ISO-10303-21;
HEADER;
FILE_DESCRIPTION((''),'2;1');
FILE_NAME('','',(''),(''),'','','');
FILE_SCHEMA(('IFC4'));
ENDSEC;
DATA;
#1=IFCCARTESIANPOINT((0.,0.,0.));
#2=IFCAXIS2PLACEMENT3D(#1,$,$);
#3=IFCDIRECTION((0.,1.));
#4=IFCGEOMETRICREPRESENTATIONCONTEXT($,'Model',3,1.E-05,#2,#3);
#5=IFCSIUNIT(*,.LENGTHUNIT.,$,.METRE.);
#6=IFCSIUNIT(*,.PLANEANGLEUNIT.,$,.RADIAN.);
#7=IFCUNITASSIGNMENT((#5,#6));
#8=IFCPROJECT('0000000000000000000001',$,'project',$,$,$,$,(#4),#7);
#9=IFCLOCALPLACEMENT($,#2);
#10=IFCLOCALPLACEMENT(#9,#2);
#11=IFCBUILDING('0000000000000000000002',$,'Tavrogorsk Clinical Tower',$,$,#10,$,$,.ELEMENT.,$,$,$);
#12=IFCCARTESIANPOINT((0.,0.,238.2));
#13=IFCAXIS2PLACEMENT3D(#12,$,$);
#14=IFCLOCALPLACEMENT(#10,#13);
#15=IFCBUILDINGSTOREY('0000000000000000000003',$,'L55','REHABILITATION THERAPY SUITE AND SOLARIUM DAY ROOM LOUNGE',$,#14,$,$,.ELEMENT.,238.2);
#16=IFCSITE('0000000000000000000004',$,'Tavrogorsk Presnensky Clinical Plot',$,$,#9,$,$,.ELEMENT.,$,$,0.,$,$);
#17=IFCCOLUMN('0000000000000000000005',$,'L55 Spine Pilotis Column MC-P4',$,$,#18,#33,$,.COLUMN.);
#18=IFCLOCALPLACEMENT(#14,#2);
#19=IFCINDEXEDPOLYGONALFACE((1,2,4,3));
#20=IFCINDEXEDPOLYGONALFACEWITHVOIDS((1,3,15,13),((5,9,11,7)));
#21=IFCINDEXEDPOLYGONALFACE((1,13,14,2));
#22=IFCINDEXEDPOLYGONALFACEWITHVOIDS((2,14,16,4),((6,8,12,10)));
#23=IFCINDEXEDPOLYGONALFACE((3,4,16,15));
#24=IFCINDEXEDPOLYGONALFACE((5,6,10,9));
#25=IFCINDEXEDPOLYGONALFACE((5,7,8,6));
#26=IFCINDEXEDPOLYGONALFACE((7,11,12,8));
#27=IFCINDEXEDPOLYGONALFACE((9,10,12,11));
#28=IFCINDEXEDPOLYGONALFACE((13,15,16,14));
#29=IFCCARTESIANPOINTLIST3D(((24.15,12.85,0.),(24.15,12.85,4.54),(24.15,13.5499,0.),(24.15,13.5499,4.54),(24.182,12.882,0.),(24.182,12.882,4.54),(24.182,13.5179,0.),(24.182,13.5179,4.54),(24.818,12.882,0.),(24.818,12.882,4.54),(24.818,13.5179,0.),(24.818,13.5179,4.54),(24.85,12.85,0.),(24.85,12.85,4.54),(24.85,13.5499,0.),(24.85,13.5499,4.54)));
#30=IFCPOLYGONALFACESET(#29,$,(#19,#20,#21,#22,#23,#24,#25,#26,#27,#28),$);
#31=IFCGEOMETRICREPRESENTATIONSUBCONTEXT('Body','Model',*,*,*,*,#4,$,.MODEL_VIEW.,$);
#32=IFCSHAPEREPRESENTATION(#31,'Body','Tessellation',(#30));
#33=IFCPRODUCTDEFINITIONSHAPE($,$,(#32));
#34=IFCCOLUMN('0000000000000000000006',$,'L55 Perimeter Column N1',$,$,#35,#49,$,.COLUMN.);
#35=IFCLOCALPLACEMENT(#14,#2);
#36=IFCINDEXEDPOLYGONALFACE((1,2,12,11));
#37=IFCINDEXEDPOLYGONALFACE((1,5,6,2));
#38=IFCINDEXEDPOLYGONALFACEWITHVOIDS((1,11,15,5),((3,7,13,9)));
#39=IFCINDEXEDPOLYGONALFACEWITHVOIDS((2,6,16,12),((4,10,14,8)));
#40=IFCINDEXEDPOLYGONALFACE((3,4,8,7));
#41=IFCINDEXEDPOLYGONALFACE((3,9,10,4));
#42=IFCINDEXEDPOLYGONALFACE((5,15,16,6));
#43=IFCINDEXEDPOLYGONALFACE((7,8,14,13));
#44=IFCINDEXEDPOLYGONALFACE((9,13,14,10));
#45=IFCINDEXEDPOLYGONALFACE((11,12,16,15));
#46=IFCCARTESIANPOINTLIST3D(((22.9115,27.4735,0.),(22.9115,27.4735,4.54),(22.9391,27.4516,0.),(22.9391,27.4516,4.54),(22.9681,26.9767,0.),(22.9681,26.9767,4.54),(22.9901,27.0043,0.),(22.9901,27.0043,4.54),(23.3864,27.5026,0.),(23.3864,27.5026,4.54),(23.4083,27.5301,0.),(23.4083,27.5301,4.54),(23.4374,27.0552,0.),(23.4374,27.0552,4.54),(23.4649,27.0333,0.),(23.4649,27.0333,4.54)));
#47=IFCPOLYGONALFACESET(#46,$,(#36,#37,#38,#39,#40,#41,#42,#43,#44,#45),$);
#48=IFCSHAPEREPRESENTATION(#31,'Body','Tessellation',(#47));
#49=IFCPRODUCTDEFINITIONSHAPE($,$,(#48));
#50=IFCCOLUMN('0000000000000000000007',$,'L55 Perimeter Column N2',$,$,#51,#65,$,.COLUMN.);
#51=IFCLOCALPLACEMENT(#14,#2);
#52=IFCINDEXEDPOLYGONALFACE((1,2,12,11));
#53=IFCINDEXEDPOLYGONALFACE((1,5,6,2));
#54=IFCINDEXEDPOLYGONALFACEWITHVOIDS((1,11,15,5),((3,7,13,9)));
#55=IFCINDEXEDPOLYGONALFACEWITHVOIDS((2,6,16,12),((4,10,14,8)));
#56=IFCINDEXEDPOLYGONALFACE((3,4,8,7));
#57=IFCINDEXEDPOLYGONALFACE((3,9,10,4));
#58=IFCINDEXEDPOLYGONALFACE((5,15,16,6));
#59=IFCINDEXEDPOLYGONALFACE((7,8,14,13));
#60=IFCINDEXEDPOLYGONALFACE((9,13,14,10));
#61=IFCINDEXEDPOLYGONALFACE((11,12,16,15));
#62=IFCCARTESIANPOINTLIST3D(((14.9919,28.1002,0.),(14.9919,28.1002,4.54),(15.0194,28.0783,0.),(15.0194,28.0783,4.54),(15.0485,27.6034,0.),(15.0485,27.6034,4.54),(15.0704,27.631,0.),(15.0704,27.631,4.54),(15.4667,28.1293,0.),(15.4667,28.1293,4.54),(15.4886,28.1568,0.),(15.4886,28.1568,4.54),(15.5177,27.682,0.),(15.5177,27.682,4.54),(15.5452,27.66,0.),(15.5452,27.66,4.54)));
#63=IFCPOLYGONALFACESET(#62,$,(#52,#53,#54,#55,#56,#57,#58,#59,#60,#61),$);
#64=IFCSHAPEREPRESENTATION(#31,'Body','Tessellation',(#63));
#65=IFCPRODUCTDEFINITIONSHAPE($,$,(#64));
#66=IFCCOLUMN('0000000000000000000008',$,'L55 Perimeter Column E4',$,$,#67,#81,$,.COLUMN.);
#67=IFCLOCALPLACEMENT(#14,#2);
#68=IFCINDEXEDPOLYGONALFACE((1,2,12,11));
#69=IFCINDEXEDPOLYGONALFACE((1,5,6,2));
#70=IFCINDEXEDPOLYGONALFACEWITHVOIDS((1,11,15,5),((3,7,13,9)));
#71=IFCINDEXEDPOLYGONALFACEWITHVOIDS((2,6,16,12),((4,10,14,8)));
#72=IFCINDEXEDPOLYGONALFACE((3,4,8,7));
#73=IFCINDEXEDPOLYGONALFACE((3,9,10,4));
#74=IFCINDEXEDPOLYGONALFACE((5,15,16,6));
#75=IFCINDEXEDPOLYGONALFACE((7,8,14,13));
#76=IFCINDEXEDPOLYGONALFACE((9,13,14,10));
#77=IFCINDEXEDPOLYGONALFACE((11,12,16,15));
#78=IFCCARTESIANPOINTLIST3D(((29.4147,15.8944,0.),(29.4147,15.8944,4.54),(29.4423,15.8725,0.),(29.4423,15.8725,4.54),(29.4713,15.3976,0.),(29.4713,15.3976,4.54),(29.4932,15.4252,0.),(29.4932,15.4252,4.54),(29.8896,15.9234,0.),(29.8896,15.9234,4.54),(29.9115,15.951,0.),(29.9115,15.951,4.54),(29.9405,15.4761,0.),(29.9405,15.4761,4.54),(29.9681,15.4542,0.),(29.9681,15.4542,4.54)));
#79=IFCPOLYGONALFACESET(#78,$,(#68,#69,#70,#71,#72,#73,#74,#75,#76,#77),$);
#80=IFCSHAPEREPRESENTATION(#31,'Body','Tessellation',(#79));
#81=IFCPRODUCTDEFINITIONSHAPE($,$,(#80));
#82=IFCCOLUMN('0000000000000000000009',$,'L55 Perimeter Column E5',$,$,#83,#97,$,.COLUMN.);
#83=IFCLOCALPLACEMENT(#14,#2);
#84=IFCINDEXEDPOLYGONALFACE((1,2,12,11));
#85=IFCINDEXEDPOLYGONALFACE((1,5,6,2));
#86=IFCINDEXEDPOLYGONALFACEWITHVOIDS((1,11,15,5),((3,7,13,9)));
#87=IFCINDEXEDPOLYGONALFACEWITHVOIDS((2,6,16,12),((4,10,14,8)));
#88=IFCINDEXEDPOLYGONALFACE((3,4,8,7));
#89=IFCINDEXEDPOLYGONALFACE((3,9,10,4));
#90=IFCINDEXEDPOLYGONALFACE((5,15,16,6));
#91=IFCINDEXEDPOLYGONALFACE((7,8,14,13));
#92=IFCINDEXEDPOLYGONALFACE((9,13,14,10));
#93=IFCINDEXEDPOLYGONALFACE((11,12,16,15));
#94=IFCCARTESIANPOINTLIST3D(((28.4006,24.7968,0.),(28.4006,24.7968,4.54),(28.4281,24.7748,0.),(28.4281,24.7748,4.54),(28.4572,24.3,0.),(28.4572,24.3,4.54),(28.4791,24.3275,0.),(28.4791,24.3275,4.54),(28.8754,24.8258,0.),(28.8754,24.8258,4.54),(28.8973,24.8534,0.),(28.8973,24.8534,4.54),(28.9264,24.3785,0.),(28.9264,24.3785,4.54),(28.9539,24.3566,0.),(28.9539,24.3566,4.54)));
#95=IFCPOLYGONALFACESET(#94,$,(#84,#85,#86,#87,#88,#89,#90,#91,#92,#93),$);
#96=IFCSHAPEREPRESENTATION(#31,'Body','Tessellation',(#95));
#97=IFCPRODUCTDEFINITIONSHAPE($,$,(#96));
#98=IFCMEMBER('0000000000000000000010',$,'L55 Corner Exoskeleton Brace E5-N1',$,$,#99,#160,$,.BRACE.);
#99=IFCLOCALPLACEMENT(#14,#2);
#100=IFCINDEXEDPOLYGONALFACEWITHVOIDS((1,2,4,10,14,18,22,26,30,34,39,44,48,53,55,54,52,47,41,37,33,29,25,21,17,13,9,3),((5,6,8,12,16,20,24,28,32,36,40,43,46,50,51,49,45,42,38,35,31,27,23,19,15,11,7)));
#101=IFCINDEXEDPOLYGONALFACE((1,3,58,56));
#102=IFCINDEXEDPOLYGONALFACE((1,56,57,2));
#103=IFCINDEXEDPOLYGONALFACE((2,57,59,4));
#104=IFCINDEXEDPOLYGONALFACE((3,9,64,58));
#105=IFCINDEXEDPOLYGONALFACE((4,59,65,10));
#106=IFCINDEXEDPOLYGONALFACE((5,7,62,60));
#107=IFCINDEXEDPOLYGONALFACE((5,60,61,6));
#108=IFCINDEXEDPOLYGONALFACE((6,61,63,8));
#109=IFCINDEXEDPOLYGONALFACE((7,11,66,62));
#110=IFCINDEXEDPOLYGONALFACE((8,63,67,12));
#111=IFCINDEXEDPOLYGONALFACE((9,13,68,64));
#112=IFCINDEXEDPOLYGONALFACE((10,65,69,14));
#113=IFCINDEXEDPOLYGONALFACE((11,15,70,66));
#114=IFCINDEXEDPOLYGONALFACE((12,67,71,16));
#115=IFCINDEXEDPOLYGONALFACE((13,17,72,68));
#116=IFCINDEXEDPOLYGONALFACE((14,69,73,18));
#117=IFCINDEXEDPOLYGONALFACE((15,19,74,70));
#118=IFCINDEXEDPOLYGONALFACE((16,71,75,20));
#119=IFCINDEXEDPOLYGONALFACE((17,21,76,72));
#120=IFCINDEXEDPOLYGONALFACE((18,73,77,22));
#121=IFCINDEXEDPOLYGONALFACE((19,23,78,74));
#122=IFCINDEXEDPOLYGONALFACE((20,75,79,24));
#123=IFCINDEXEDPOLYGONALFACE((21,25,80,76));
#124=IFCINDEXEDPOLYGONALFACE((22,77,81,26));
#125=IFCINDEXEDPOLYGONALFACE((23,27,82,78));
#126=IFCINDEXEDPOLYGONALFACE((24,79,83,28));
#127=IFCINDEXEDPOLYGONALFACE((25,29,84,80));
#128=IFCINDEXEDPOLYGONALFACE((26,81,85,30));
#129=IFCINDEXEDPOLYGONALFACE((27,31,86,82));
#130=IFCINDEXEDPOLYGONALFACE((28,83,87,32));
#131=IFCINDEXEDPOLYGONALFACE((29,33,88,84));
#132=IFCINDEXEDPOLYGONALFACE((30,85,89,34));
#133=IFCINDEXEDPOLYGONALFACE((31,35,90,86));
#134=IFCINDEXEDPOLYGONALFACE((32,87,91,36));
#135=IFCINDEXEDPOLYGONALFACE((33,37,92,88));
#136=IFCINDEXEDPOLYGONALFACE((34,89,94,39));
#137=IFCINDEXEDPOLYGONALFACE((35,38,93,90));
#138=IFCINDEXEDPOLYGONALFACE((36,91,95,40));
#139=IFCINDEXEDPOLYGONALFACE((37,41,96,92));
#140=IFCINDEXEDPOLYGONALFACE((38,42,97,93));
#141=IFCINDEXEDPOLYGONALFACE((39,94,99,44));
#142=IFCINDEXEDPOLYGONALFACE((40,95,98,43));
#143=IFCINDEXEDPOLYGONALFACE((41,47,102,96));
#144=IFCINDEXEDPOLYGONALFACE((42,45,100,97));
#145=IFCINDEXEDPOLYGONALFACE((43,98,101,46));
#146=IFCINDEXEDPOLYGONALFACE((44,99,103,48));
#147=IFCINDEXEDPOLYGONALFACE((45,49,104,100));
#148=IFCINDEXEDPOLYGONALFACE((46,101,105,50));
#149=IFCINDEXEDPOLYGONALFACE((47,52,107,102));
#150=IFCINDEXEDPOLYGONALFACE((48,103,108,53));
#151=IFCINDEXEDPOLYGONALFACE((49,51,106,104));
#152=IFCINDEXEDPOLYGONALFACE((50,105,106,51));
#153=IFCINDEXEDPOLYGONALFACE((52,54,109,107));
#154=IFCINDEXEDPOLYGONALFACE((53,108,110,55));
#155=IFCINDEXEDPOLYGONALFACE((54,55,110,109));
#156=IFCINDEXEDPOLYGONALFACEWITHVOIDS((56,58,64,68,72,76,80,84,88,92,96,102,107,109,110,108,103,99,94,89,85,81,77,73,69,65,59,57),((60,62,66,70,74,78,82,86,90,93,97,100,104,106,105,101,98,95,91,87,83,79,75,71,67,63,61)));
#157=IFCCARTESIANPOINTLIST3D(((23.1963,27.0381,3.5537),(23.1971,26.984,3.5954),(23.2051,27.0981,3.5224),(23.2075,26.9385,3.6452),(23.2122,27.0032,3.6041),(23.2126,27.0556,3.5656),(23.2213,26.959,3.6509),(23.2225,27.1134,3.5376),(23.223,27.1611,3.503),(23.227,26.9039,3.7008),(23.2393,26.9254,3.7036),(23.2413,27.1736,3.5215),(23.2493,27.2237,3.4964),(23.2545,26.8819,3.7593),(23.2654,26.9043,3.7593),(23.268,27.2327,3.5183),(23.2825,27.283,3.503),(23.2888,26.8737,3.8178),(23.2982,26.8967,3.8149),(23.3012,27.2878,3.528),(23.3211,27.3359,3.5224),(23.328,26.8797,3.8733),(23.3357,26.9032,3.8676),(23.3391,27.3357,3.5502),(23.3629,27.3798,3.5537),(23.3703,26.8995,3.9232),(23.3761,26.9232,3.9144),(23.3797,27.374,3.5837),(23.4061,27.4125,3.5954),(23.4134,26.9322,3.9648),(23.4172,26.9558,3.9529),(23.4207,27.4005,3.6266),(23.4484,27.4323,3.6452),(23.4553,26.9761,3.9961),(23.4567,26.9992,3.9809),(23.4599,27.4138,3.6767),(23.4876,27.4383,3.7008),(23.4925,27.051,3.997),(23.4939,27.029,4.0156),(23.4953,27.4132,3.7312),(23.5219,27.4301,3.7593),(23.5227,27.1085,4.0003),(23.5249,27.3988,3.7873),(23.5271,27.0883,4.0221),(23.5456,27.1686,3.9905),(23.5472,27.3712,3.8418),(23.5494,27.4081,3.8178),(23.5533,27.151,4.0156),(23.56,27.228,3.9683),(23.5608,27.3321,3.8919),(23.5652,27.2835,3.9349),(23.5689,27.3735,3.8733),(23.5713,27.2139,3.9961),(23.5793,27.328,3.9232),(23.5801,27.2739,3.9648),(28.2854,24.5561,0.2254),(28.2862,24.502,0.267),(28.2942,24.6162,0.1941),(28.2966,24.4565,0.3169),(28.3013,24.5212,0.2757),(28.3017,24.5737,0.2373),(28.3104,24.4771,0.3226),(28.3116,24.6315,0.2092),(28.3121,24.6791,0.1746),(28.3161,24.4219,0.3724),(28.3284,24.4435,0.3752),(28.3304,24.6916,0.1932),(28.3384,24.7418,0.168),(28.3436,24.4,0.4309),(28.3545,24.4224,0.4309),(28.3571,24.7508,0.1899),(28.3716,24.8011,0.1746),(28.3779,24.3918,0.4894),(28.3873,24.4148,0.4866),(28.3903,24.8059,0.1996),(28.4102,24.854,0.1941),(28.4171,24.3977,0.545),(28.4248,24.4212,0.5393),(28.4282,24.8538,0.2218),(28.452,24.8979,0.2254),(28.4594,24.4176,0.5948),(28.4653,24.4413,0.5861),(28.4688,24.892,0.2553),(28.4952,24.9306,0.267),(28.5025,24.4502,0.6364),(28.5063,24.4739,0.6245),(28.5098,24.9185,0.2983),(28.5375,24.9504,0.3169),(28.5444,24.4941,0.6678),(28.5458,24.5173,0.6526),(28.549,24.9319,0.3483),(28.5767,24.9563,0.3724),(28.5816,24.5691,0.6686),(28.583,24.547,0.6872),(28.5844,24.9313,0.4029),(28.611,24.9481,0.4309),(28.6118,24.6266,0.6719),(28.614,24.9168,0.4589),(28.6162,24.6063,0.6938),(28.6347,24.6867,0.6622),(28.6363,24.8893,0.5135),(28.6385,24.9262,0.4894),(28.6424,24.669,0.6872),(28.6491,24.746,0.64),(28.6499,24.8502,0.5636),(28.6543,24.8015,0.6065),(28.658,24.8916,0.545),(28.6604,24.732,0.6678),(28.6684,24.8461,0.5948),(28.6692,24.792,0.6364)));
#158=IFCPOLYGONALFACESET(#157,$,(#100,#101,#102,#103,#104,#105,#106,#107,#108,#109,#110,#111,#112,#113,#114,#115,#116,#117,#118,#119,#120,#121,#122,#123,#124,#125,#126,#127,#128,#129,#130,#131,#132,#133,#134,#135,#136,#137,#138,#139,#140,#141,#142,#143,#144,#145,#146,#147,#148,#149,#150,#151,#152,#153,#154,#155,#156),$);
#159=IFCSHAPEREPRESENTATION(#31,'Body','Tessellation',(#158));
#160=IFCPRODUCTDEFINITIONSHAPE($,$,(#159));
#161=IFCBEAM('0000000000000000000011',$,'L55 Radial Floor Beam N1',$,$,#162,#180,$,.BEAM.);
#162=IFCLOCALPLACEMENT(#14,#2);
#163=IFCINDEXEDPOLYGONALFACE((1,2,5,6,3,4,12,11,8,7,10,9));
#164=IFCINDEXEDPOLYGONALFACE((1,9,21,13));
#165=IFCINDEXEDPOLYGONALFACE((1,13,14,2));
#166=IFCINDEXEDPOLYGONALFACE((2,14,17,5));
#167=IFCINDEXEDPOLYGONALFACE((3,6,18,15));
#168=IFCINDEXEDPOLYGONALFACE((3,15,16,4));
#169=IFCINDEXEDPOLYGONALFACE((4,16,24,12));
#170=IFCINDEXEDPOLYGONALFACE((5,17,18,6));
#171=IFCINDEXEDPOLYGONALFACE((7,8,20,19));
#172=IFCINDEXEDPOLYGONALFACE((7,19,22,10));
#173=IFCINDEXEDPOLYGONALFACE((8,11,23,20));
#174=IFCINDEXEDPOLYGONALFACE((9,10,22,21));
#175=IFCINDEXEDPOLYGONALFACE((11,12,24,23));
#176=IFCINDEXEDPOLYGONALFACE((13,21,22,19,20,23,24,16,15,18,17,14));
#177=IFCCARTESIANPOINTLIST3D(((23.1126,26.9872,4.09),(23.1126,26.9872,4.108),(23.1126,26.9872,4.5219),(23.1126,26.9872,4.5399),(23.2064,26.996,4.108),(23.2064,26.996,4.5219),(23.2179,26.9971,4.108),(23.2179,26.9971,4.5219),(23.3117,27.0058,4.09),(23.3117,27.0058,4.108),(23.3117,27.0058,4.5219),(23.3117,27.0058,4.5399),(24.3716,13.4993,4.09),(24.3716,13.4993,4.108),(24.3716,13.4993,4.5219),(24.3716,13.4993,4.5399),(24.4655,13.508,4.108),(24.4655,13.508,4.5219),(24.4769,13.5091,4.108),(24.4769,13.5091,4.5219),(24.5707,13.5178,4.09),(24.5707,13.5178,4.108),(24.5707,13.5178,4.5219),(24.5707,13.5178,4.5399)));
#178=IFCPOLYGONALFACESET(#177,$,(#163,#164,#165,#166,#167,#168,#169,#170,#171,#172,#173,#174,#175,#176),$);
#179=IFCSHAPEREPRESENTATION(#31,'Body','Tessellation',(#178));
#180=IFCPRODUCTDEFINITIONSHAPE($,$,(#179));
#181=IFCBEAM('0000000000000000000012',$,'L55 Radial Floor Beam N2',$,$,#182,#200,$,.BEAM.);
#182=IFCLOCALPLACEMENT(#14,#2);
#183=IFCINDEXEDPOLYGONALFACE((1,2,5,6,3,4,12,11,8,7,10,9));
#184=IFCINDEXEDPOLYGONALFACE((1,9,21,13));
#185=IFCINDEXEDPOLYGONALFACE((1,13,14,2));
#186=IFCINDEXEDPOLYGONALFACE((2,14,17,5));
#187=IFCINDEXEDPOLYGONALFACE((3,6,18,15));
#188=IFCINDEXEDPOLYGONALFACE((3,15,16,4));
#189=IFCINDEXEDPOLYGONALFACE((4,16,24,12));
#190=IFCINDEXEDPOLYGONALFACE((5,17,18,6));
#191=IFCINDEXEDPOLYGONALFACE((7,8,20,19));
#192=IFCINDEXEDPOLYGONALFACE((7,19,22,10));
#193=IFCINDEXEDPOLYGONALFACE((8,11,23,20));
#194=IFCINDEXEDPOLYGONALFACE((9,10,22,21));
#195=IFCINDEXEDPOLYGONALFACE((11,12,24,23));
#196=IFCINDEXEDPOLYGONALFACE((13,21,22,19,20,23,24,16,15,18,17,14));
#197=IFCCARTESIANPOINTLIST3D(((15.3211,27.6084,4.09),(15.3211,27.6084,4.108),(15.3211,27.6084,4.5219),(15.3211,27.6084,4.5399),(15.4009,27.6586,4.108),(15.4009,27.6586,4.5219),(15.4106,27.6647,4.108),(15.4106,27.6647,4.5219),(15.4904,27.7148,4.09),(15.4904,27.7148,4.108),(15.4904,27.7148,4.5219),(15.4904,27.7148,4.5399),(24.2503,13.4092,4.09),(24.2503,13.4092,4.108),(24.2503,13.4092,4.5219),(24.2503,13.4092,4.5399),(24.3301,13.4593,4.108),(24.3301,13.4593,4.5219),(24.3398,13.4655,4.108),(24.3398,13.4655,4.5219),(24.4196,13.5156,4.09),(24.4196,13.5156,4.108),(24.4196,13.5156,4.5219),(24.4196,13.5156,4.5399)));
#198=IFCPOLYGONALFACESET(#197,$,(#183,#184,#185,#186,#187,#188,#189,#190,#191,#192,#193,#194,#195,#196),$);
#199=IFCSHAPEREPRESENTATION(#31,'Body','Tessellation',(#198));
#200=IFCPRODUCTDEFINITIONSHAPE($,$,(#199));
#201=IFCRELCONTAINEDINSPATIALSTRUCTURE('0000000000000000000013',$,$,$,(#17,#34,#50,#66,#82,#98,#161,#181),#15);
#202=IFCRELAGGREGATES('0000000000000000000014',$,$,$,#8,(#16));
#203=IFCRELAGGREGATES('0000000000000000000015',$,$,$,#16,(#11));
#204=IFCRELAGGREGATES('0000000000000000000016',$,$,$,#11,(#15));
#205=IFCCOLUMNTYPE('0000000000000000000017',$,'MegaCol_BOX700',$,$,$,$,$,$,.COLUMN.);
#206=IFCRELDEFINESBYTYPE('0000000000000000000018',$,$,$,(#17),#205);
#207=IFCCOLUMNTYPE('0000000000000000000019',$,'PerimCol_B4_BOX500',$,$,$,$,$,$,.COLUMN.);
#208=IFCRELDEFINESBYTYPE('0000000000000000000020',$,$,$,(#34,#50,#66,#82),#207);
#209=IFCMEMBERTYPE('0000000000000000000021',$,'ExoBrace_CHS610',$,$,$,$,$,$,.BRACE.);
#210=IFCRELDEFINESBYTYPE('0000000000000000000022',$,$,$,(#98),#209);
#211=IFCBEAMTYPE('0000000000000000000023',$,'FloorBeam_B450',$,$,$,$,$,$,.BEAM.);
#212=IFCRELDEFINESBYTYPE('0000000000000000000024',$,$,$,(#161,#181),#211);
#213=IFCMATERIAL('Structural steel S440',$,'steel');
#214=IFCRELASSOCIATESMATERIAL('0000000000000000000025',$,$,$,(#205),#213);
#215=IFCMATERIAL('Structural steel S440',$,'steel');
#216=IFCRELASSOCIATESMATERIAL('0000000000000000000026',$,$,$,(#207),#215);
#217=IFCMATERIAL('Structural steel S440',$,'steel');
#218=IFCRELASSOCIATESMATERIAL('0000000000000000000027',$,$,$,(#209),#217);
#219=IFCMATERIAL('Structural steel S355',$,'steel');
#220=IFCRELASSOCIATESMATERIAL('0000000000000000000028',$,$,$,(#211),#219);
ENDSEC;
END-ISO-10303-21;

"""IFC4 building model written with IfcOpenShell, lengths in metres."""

from ifc_helpers import new_model, si_unit, direction, frame, origin, origin_2d, place, context, subcontext, project, spatial, hollow_rectangle, hollow_circle, i_section, extrude, material, material_profile, profile_set, type_object, element, save


model = new_model("IFC4")

# Units and contexts
model_context = context("Model", 3, precision=1e-05, world=origin(), true_north=direction((0.0, 1.0)))
body_context = subcontext(model_context, "Body", "Model", "MODEL_VIEW")
ifc_project = project(units=[si_unit("LENGTHUNIT", "METRE"), si_unit("PLANEANGLEUNIT", "RADIAN")], contexts=[model_context])

# Site, building, storey
site_placement = place(None, origin())
site = spatial("IfcSite", under=ifc_project, at=site_placement, Name="Tavrogorsk Presnensky Clinical Plot", CompositionType="ELEMENT", RefElevation=0.0)
building_placement = place(site_placement, origin())
building = spatial("IfcBuilding", under=site, at=building_placement, Name="Tavrogorsk Clinical Tower", CompositionType="ELEMENT")
storey_placement = place(building_placement, frame((0.0, 0.0, 238.2)))
storey = spatial("IfcBuildingStorey", under=building, at=storey_placement, Name="L55", Description="REHABILITATION THERAPY SUITE AND SOLARIUM DAY ROOM LOUNGE", CompositionType="ELEMENT", Elevation=238.2)

# Columns
ifc_material_1 = material(Name="Structural steel S440", Category="steel")
ifc_material_profile_1 = material_profile(ifc_material_1, hollow_rectangle(XDim=0.7, YDim=0.7, WallThickness=0.032, at=origin_2d()), Name="BOX-700x700x32")
ifc_profile_set_1 = profile_set([ifc_material_profile_1], Name="Structural steel S440")
column_type_1 = type_object("IfcColumnType", Name="MegaCol_BOX700", PredefinedType="COLUMN", material=ifc_profile_set_1)
column_placement = place(storey_placement, frame((24.5, 13.2, 0.0), z_axis=(0.0, 0.0, 1.0), x_axis=(1.0, 0.0, 0.0)))
element("IfcColumn", 1, at=column_placement, inside=storey, type_object=column_type_1, Name="L55 Spine Pilotis Column MC-P4", PredefinedType="COLUMN", context=body_context, shape_type="SweptSolid", body=[
    extrude(hollow_rectangle(XDim=0.7, YDim=0.7, WallThickness=0.032, at=origin_2d()), origin(), (0.0, 0.0, 1.0), 4.54),
])
ifc_material_2 = material(Name="Structural steel S440", Category="steel")
ifc_material_profile_2 = material_profile(ifc_material_2, hollow_rectangle(XDim=0.5, YDim=0.5, WallThickness=0.0249, at=origin_2d()), Name="BOX-500x500x25")
ifc_profile_set_2 = profile_set([ifc_material_profile_2], Name="Structural steel S440")
column_type_2 = type_object("IfcColumnType", Name="PerimCol_B4_BOX500", PredefinedType="COLUMN", material=ifc_profile_set_2)
for number, where, z_axis, x_axis, name in (
    (2, (23.1882, 27.2534, 0.0), (0.0, 0.0, 1.0), (0.993572, 0.113203, 0.0), "L55 Perimeter Column N1"),
    (3, (15.2686, 27.8801, 0.0), (0.0, 0.0, 1.0), (0.993572, 0.113203, 0.0), "L55 Perimeter Column N2"),
    (4, (29.6914, 15.6743, 0.0), (0.0, 0.0, 1.0), (0.993572, 0.113203, 0.0), "L55 Perimeter Column E4"),
    (5, (28.6772, 24.5767, 0.0), (0.0, 0.0, 1.0), (0.993572, 0.113203, 0.0), "L55 Perimeter Column E5"),
):
    element("IfcColumn", number, at=place(storey_placement, frame(where, z_axis=z_axis, x_axis=x_axis)), inside=storey, type_object=column_type_2, Name=name, PredefinedType="COLUMN", context=body_context, shape_type="SweptSolid", body=[
        extrude(hollow_rectangle(XDim=0.5, YDim=0.5, WallThickness=0.0249, at=origin_2d()), origin(), (0.0, 0.0, 1.0), 4.54),
    ])

# Member
ifc_material_3 = material(Name="Structural steel S440", Category="steel")
ifc_material_profile_3 = material_profile(ifc_material_3, hollow_circle(Radius=0.3049, WallThickness=0.0249, at=origin_2d()), Name="CHS-610x25")
ifc_profile_set_3 = profile_set([ifc_material_profile_3], Name="Structural steel S440")
member_type_1 = type_object("IfcMemberType", Name="ExoBrace_CHS610", PredefinedType="BRACE", material=ifc_profile_set_3)
member_placement = place(storey_placement, frame((28.4773, 24.6741, 0.4309), z_axis=(-0.774848, 0.377889, 0.506764), x_axis=(-0.438344, -0.898807, 0.0)))
element("IfcMember", 6, at=member_placement, inside=storey, type_object=member_type_1, Name="L55 Corner Exoskeleton Brace E5-N1", PredefinedType="BRACE", context=body_context, shape_type="SweptSolid", body=[
    extrude(hollow_circle(Radius=0.3049, WallThickness=0.0249, at=origin_2d()), origin(), (0.0, 0.0, 1.0), 6.5679),
])

# Beams
ifc_material_4 = material(Name="Structural steel S355", Category="steel")
ifc_material_profile_4 = material_profile(ifc_material_4, i_section(OverallWidth=0.2, OverallDepth=0.45, WebThickness=0.0115, FlangeThickness=0.0181, at=origin_2d()), Name="B-450x200x11.5x18")
ifc_profile_set_4 = profile_set([ifc_material_profile_4], Name="Structural steel S355")
beam_type_1 = type_object("IfcBeamType", Name="FloorBeam_B450", PredefinedType="BEAM", material=ifc_profile_set_4)
beam_1_placement = place(storey_placement, frame((24.4712, 13.5085, 4.3149), z_axis=(-0.09294, 0.995672, 0.0), x_axis=(-0.995672, -0.09294, 0.0)))
element("IfcBeam", 7, at=beam_1_placement, inside=storey, type_object=beam_type_1, Name="L55 Radial Floor Beam N1", PredefinedType="BEAM", context=body_context, shape_type="SweptSolid", body=[
    extrude(i_section(OverallWidth=0.2, OverallDepth=0.45, WebThickness=0.0115, FlangeThickness=0.0181, at=origin_2d()), origin(), (0.0, 0.0, 1.0), 13.5466),
])
beam_2_placement = place(storey_placement, frame((24.335, 13.4624, 4.3149), z_axis=(-0.532341, 0.84653, 0.0), x_axis=(-0.84653, -0.532341, 0.0)))
element("IfcBeam", 8, at=beam_2_placement, inside=storey, type_object=beam_type_1, Name="L55 Radial Floor Beam N2", PredefinedType="BEAM", context=body_context, shape_type="SweptSolid", body=[
    extrude(i_section(OverallWidth=0.2, OverallDepth=0.45, WebThickness=0.0115, FlangeThickness=0.0181, at=origin_2d()), origin(), (0.0, 0.0, 1.0), 16.7734),
])

save(model, "model.ifc")
